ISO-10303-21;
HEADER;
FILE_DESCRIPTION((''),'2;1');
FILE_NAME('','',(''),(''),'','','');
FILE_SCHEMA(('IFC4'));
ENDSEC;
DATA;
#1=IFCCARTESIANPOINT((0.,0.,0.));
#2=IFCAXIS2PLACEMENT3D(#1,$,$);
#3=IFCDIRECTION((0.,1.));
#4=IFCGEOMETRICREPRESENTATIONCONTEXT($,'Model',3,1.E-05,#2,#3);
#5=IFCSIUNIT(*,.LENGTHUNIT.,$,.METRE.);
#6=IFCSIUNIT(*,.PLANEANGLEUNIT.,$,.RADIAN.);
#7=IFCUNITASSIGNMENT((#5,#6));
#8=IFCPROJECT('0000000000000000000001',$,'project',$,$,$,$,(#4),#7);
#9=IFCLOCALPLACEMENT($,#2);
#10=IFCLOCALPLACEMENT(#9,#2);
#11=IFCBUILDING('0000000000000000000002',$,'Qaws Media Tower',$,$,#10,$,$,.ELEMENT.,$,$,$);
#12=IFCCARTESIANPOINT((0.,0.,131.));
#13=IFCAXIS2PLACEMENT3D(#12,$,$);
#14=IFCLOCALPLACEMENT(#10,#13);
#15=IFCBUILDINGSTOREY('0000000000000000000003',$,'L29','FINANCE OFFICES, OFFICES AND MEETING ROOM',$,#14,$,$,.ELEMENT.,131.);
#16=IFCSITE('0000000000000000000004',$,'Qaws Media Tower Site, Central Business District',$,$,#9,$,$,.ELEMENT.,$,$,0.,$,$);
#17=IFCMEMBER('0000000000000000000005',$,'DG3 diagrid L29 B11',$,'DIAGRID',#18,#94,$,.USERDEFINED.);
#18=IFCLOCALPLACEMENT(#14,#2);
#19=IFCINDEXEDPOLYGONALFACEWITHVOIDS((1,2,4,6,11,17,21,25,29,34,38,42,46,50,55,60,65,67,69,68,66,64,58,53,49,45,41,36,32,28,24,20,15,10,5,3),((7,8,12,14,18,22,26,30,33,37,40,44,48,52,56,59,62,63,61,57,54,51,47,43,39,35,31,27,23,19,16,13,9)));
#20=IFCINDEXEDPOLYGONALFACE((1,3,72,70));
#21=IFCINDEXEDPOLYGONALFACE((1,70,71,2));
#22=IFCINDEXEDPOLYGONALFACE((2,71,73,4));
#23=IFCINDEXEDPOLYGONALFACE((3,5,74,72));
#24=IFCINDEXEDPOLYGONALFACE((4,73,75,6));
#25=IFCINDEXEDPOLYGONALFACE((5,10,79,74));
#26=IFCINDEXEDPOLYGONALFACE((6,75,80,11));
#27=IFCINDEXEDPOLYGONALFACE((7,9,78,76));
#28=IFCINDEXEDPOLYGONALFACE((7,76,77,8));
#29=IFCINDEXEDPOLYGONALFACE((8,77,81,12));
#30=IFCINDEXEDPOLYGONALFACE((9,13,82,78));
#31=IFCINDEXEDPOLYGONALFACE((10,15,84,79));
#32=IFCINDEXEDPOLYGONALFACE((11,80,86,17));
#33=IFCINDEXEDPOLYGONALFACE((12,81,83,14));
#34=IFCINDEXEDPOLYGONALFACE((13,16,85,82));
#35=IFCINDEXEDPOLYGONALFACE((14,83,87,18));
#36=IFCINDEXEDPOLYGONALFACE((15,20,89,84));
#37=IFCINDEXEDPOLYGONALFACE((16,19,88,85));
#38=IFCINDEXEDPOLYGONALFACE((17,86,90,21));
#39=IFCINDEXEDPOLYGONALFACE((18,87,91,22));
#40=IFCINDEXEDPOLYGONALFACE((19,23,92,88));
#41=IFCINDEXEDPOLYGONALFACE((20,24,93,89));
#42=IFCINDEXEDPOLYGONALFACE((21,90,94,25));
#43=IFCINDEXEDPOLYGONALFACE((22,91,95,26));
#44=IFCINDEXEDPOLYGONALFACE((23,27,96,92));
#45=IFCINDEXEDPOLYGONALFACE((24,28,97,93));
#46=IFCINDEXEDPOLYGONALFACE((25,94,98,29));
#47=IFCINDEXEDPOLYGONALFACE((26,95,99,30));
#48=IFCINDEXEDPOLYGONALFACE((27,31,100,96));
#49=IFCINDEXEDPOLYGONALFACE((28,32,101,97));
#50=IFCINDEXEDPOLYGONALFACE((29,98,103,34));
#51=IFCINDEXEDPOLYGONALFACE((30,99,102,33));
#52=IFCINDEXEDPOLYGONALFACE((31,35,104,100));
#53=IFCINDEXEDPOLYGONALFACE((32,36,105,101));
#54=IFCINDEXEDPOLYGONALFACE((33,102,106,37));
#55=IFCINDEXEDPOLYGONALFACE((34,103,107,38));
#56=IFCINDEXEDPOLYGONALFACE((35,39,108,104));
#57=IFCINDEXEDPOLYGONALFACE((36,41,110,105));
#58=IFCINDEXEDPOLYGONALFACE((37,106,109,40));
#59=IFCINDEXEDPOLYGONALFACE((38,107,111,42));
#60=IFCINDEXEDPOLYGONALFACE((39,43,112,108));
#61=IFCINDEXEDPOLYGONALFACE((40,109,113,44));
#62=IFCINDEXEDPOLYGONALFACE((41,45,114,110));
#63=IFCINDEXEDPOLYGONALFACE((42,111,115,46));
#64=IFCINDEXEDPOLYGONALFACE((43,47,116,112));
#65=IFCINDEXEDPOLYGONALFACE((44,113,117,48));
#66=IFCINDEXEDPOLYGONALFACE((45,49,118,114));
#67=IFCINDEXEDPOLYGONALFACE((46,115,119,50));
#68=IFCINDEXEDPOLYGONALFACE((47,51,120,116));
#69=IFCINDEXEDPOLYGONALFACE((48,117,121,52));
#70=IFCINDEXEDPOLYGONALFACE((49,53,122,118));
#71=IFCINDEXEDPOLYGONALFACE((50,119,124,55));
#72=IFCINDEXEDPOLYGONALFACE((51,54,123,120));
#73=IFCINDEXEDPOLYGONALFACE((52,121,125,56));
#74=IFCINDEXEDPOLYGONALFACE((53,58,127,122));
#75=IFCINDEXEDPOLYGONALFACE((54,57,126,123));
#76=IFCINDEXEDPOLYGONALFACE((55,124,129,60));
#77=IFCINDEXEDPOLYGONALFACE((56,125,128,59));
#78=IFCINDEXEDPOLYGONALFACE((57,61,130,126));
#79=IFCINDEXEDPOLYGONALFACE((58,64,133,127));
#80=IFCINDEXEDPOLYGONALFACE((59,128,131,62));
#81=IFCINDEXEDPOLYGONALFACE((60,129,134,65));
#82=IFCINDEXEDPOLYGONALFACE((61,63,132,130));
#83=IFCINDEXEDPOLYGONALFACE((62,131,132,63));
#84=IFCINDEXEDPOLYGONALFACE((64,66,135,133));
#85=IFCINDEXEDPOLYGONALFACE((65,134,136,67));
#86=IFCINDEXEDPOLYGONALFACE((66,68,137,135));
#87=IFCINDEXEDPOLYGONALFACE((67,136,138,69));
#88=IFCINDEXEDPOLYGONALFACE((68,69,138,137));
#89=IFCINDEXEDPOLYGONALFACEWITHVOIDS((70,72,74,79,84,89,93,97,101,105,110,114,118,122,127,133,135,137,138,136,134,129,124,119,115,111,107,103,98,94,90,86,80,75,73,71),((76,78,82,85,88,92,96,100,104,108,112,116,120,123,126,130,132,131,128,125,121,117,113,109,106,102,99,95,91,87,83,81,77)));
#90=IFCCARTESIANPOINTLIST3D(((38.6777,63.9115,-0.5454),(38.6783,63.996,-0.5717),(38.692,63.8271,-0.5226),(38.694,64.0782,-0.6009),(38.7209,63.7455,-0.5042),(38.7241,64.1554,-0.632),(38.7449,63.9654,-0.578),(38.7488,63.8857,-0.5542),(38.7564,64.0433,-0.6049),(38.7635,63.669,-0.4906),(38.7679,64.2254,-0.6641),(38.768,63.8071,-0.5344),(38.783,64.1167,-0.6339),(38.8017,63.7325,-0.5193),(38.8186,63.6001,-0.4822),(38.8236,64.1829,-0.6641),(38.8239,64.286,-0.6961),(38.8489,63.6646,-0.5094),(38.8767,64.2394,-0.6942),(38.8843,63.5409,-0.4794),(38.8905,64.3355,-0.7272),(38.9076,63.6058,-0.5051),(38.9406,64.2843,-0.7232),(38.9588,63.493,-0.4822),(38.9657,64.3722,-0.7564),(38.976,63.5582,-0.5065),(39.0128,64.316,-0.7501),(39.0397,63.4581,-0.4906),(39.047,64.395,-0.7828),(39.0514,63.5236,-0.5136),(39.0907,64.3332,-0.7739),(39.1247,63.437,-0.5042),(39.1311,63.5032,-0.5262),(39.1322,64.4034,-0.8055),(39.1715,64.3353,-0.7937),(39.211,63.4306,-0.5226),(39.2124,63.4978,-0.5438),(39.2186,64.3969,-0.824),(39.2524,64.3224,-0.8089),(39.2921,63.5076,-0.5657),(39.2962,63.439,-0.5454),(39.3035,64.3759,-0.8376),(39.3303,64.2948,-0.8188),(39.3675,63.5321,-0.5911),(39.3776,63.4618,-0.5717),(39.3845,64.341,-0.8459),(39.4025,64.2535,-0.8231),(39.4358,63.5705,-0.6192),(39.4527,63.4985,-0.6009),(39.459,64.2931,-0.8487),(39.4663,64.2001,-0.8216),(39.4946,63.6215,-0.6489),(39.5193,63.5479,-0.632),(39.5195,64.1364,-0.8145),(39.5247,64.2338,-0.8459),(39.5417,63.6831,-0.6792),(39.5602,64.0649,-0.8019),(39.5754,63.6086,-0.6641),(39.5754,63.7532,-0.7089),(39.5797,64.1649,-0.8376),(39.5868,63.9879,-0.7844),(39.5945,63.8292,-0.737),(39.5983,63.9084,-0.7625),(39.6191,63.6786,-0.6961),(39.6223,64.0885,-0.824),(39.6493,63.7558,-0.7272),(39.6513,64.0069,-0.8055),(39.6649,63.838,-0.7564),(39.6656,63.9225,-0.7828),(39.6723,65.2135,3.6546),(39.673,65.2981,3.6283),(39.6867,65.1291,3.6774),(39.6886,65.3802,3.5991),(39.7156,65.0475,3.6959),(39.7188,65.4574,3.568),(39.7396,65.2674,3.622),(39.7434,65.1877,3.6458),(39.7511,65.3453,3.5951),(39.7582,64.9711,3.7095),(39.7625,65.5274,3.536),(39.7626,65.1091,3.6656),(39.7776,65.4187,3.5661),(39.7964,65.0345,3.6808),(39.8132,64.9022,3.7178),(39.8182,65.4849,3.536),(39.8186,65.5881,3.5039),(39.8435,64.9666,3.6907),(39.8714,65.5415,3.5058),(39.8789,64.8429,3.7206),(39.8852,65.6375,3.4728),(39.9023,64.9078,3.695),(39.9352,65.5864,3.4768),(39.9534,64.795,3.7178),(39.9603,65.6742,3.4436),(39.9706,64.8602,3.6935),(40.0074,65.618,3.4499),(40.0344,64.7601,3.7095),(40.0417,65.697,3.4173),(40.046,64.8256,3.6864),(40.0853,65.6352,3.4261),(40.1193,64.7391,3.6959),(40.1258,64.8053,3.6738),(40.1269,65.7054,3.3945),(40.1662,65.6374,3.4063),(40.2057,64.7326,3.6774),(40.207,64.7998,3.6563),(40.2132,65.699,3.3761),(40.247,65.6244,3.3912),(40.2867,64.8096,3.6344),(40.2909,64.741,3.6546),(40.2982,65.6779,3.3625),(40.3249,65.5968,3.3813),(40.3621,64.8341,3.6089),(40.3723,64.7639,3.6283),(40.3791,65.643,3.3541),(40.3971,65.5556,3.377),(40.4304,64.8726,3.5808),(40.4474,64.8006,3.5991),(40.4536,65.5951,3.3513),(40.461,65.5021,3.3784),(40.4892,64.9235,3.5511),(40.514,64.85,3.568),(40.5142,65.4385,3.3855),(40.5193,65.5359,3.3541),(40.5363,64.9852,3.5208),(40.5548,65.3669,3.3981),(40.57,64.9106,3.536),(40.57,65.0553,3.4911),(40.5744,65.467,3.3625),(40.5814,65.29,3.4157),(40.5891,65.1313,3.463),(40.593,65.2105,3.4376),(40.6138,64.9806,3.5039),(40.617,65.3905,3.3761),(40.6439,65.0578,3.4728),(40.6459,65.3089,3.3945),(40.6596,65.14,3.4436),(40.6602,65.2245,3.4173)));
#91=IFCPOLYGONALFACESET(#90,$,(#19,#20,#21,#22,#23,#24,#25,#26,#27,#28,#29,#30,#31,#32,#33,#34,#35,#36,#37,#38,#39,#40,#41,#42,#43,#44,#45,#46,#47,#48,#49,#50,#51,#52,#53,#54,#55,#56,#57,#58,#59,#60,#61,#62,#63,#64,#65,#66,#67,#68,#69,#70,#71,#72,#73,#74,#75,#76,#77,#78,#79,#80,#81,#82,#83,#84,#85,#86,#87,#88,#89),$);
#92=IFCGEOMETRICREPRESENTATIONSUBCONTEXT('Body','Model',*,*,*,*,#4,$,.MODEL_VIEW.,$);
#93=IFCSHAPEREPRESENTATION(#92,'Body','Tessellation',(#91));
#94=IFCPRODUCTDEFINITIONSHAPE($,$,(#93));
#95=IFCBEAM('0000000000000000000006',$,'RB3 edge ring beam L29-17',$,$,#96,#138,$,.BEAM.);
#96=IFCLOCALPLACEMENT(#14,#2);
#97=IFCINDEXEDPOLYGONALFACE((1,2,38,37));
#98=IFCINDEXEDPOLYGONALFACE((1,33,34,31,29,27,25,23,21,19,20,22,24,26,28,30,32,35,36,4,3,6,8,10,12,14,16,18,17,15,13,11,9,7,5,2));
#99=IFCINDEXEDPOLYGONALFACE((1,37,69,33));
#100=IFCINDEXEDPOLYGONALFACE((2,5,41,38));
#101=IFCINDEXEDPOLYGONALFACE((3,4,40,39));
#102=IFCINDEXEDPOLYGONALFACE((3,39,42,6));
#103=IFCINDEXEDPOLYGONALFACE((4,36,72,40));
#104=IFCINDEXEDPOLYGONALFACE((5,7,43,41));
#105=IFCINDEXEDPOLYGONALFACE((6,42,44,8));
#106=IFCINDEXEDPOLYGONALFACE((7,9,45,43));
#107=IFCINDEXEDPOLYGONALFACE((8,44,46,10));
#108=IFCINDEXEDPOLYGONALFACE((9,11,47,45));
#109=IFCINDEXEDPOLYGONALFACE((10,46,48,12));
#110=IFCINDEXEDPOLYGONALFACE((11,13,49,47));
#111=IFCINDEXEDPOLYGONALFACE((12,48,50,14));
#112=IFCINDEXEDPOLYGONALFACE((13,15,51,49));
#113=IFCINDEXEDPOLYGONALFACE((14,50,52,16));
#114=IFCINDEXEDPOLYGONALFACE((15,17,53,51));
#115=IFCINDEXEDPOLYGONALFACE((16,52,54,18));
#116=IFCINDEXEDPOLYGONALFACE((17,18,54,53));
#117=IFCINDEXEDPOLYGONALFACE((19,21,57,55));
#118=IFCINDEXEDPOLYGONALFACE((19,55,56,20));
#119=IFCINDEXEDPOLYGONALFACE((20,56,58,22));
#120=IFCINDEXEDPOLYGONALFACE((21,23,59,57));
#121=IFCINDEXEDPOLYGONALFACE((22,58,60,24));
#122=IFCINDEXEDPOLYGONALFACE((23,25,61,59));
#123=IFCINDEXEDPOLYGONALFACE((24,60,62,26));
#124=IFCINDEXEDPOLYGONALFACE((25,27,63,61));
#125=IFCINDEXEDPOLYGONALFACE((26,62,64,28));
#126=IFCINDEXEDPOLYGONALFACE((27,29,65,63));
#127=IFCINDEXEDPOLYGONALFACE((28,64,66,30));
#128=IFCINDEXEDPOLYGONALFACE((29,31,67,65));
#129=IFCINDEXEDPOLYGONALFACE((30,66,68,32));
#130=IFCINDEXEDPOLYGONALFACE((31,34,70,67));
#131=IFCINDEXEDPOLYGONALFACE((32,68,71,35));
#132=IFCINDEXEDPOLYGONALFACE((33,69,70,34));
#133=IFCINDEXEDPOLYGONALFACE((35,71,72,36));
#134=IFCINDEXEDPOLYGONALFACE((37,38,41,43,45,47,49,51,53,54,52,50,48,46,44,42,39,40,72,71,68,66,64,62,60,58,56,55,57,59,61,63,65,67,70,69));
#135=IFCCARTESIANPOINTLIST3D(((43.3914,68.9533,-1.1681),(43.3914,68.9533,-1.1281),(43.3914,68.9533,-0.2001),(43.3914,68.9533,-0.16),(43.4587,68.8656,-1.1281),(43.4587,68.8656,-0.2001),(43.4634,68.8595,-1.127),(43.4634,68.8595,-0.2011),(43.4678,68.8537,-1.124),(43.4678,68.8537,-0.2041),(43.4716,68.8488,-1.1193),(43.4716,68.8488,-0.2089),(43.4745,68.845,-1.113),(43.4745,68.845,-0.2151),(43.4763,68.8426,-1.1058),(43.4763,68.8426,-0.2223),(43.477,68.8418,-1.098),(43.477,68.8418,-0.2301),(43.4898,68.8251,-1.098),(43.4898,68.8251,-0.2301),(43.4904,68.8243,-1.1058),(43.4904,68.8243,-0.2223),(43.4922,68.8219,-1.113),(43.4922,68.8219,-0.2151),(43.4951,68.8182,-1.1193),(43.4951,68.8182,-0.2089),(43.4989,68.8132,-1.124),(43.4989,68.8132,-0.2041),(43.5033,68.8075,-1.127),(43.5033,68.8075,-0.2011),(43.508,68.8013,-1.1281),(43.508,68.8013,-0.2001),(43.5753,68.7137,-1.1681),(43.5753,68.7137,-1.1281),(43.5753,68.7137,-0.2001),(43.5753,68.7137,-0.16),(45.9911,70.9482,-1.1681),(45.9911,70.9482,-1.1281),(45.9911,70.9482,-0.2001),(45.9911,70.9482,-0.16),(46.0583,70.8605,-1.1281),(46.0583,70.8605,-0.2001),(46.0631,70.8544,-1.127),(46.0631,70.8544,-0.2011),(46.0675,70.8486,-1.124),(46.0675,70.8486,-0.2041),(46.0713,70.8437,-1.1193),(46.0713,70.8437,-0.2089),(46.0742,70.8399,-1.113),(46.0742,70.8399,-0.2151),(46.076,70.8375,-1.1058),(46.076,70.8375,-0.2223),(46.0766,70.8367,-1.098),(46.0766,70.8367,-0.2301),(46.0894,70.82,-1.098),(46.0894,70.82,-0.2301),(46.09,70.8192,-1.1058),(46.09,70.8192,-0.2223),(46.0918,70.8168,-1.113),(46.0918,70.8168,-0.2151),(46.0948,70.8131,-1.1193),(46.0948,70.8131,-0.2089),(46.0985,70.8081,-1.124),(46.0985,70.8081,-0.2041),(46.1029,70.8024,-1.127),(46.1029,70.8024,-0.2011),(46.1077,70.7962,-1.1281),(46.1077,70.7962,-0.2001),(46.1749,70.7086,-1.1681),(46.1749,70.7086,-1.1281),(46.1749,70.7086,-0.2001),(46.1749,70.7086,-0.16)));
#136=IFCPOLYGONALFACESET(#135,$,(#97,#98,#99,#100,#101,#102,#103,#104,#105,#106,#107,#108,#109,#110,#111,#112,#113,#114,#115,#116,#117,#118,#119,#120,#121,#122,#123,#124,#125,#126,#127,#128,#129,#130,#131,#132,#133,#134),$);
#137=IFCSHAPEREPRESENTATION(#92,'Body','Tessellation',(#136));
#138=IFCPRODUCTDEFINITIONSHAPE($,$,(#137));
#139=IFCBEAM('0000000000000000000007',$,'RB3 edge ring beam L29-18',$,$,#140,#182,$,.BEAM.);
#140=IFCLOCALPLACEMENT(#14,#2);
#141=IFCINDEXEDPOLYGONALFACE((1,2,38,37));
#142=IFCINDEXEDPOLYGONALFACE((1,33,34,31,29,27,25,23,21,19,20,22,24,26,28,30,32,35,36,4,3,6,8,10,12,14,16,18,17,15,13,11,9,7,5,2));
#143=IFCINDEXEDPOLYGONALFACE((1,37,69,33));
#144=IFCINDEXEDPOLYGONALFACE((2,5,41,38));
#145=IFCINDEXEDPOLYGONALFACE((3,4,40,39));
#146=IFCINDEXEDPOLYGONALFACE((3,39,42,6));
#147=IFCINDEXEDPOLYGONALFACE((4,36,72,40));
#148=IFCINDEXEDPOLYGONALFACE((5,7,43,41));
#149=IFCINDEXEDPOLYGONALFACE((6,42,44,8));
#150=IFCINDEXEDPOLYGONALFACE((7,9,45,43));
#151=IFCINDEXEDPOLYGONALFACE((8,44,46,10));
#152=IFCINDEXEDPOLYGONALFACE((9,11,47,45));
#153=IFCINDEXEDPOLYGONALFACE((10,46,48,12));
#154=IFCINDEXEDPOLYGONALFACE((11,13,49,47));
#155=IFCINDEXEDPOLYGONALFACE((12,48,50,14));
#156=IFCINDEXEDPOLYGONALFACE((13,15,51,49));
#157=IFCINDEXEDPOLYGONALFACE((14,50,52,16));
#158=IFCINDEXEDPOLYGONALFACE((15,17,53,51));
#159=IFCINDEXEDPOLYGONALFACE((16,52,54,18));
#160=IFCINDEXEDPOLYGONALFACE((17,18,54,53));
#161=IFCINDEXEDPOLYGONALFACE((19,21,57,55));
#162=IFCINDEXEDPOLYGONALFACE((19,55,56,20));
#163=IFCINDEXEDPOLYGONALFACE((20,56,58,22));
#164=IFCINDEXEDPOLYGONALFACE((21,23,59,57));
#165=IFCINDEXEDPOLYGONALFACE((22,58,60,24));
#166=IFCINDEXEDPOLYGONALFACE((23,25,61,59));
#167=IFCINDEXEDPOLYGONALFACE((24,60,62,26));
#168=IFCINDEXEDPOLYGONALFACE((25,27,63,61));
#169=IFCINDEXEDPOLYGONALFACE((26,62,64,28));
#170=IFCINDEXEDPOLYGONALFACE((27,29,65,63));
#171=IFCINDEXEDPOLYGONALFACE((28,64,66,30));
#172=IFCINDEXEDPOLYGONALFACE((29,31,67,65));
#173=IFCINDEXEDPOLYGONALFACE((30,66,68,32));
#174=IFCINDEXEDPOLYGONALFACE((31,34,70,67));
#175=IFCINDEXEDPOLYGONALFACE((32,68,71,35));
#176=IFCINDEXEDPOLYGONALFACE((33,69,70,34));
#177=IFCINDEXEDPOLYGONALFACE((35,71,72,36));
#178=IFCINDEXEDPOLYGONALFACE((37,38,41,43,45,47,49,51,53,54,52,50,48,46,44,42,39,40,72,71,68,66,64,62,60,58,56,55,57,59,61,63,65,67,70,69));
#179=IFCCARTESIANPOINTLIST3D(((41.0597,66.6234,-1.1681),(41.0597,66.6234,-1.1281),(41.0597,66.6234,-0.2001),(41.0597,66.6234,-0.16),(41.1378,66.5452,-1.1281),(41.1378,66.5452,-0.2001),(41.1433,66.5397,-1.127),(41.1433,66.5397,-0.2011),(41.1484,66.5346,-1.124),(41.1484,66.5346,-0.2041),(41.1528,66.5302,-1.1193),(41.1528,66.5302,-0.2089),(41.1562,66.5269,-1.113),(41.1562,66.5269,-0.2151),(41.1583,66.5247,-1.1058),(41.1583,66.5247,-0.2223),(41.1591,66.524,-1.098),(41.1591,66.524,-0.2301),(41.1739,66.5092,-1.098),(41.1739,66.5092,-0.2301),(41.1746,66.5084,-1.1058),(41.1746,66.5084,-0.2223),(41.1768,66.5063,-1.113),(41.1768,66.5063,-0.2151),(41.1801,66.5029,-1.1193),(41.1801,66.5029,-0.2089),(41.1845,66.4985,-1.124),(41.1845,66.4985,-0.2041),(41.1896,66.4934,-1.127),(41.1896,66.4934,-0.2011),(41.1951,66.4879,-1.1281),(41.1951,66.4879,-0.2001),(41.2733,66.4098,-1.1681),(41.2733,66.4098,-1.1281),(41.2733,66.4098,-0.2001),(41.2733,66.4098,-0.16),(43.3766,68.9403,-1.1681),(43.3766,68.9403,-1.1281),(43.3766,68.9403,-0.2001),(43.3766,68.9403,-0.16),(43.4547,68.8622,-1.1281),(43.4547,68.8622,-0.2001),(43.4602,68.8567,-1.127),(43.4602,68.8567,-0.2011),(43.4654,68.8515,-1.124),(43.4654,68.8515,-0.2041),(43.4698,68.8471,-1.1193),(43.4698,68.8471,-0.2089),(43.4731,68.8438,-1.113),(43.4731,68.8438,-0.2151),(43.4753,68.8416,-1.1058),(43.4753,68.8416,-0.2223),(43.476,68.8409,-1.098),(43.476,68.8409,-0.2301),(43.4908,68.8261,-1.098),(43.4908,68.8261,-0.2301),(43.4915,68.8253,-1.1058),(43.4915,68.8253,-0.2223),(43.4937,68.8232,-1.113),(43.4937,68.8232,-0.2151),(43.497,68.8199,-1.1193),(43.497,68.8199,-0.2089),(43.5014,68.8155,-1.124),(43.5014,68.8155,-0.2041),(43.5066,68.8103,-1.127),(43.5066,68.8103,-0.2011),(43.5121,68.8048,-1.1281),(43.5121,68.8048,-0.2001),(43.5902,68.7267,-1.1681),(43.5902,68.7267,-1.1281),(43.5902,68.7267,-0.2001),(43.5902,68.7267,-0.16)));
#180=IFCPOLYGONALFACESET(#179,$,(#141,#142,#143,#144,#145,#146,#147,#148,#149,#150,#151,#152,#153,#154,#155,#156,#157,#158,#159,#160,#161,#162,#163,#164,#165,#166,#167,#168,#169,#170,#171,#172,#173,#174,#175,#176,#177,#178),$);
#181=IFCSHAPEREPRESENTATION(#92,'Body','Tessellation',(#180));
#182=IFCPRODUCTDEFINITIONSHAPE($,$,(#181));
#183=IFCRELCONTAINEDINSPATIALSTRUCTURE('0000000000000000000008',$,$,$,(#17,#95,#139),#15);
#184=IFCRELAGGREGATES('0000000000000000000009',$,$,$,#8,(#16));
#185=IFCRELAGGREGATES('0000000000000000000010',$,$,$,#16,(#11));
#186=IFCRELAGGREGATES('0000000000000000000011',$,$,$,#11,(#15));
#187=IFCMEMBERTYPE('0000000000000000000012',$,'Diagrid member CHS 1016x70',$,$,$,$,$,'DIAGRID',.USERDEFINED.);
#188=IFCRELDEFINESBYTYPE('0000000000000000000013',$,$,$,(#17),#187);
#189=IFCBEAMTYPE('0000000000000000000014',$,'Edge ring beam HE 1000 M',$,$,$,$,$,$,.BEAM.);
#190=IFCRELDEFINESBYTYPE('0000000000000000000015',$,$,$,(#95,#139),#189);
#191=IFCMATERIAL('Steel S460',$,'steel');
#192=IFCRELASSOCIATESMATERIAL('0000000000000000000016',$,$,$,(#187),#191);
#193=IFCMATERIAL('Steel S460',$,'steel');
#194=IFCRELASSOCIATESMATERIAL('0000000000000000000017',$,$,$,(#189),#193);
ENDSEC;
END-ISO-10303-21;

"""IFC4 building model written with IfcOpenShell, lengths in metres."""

from ifc_helpers import new_model, si_unit, direction, frame, origin, origin_2d, place, context, subcontext, project, spatial, hollow_circle, i_section, extrude, material, material_profile, profile_set, type_object, element, save


model = new_model("IFC4")

# Units and contexts
model_context = context("Model", 3, precision=1e-05, world=origin(), true_north=direction((0.0, 1.0)))
body_context = subcontext(model_context, "Body", "Model", "MODEL_VIEW")
ifc_project = project(units=[si_unit("LENGTHUNIT", "METRE"), si_unit("PLANEANGLEUNIT", "RADIAN")], contexts=[model_context])

# Site, building, storey
site_placement = place(None, origin())
site = spatial("IfcSite", under=ifc_project, at=site_placement, Name="Qaws Media Tower Site, Central Business District", CompositionType="ELEMENT", RefElevation=0.0)
building_placement = place(site_placement, origin())
building = spatial("IfcBuilding", under=site, at=building_placement, Name="Qaws Media Tower", CompositionType="ELEMENT")
storey_placement = place(building_placement, frame((0.0, 0.0, 131.0)))
storey = spatial("IfcBuildingStorey", under=building, at=storey_placement, Name="L29", Description="FINANCE OFFICES, OFFICES AND MEETING ROOM", CompositionType="ELEMENT", Elevation=131.0)

# Member
ifc_material_1 = material(Name="Steel S460", Category="steel")
ifc_material_profile_1 = material_profile(ifc_material_1, hollow_circle(Radius=0.5081, WallThickness=0.0701, at=origin_2d()), Name="CHS 1016x70")
ifc_profile_set_1 = profile_set([ifc_material_profile_1], Name="Steel S460")
member_type_1 = type_object("IfcMemberType", Name="Diagrid member CHS 1016x70", ElementType="DIAGRID", PredefinedType="USERDEFINED", material=ifc_profile_set_1)
for number, where, z_axis, x_axis, name in (
    (1, (39.1716, 63.917, -0.6641), (0.220625, 0.288806, 0.93162), (-0.794658, 0.607057, 0.0), "DG3 diagrid L29 B11"),
):
    element("IfcMember", number, at=place(storey_placement, frame(where, z_axis=z_axis, x_axis=x_axis)), inside=storey, type_object=member_type_1, Name=name, ObjectType="DIAGRID", PredefinedType="USERDEFINED", context=body_context, shape_type="SweptSolid", body=[
        extrude(hollow_circle(Radius=0.5081, WallThickness=0.0701, at=origin_2d()), origin(), (0.0, 0.0, 1.0), 4.5083),
    ])

# Beams
ifc_material_2 = material(Name="Steel S460", Category="steel")
ifc_material_profile_2 = material_profile(ifc_material_2, i_section(OverallWidth=0.302, OverallDepth=1.0081, WebThickness=0.021, FlangeThickness=0.04, FilletRadius=0.03, at=origin_2d()), Name="HE 1000 M")
ifc_profile_set_2 = profile_set([ifc_material_profile_2], Name="Steel S460")
beam_type = type_object("IfcBeamType", Name="Edge ring beam HE 1000 M", PredefinedType="BEAM", material=ifc_profile_set_2)
beam_1_placement = place(storey_placement, frame((46.083, 70.8284, -0.6641), z_axis=(-0.793335, -0.608785, 0.0), x_axis=(0.608785, -0.793335, 0.0)))
element("IfcBeam", 2, at=beam_1_placement, inside=storey, type_object=beam_type, Name="RB3 edge ring beam L29-17", PredefinedType="BEAM", context=body_context, shape_type="SweptSolid", body=[
    extrude(i_section(OverallWidth=0.302, OverallDepth=1.0081, WebThickness=0.021, FlangeThickness=0.04, FilletRadius=0.03, at=origin_2d()), origin(), (0.0, 0.0, 1.0), 3.2769),
])
beam_2_placement = place(storey_placement, frame((43.4834, 68.8335, -0.6641), z_axis=(-0.707107, -0.707107, 0.0), x_axis=(0.707107, -0.707107, 0.0)))
element("IfcBeam", 3, at=beam_2_placement, inside=storey, type_object=beam_type, Name="RB3 edge ring beam L29-18", PredefinedType="BEAM", context=body_context, shape_type="SweptSolid", body=[
    extrude(i_section(OverallWidth=0.302, OverallDepth=1.0081, WebThickness=0.021, FlangeThickness=0.04, FilletRadius=0.03, at=origin_2d()), origin(), (0.0, 0.0, 1.0), 3.2766),
])

save(model, "model.ifc")
